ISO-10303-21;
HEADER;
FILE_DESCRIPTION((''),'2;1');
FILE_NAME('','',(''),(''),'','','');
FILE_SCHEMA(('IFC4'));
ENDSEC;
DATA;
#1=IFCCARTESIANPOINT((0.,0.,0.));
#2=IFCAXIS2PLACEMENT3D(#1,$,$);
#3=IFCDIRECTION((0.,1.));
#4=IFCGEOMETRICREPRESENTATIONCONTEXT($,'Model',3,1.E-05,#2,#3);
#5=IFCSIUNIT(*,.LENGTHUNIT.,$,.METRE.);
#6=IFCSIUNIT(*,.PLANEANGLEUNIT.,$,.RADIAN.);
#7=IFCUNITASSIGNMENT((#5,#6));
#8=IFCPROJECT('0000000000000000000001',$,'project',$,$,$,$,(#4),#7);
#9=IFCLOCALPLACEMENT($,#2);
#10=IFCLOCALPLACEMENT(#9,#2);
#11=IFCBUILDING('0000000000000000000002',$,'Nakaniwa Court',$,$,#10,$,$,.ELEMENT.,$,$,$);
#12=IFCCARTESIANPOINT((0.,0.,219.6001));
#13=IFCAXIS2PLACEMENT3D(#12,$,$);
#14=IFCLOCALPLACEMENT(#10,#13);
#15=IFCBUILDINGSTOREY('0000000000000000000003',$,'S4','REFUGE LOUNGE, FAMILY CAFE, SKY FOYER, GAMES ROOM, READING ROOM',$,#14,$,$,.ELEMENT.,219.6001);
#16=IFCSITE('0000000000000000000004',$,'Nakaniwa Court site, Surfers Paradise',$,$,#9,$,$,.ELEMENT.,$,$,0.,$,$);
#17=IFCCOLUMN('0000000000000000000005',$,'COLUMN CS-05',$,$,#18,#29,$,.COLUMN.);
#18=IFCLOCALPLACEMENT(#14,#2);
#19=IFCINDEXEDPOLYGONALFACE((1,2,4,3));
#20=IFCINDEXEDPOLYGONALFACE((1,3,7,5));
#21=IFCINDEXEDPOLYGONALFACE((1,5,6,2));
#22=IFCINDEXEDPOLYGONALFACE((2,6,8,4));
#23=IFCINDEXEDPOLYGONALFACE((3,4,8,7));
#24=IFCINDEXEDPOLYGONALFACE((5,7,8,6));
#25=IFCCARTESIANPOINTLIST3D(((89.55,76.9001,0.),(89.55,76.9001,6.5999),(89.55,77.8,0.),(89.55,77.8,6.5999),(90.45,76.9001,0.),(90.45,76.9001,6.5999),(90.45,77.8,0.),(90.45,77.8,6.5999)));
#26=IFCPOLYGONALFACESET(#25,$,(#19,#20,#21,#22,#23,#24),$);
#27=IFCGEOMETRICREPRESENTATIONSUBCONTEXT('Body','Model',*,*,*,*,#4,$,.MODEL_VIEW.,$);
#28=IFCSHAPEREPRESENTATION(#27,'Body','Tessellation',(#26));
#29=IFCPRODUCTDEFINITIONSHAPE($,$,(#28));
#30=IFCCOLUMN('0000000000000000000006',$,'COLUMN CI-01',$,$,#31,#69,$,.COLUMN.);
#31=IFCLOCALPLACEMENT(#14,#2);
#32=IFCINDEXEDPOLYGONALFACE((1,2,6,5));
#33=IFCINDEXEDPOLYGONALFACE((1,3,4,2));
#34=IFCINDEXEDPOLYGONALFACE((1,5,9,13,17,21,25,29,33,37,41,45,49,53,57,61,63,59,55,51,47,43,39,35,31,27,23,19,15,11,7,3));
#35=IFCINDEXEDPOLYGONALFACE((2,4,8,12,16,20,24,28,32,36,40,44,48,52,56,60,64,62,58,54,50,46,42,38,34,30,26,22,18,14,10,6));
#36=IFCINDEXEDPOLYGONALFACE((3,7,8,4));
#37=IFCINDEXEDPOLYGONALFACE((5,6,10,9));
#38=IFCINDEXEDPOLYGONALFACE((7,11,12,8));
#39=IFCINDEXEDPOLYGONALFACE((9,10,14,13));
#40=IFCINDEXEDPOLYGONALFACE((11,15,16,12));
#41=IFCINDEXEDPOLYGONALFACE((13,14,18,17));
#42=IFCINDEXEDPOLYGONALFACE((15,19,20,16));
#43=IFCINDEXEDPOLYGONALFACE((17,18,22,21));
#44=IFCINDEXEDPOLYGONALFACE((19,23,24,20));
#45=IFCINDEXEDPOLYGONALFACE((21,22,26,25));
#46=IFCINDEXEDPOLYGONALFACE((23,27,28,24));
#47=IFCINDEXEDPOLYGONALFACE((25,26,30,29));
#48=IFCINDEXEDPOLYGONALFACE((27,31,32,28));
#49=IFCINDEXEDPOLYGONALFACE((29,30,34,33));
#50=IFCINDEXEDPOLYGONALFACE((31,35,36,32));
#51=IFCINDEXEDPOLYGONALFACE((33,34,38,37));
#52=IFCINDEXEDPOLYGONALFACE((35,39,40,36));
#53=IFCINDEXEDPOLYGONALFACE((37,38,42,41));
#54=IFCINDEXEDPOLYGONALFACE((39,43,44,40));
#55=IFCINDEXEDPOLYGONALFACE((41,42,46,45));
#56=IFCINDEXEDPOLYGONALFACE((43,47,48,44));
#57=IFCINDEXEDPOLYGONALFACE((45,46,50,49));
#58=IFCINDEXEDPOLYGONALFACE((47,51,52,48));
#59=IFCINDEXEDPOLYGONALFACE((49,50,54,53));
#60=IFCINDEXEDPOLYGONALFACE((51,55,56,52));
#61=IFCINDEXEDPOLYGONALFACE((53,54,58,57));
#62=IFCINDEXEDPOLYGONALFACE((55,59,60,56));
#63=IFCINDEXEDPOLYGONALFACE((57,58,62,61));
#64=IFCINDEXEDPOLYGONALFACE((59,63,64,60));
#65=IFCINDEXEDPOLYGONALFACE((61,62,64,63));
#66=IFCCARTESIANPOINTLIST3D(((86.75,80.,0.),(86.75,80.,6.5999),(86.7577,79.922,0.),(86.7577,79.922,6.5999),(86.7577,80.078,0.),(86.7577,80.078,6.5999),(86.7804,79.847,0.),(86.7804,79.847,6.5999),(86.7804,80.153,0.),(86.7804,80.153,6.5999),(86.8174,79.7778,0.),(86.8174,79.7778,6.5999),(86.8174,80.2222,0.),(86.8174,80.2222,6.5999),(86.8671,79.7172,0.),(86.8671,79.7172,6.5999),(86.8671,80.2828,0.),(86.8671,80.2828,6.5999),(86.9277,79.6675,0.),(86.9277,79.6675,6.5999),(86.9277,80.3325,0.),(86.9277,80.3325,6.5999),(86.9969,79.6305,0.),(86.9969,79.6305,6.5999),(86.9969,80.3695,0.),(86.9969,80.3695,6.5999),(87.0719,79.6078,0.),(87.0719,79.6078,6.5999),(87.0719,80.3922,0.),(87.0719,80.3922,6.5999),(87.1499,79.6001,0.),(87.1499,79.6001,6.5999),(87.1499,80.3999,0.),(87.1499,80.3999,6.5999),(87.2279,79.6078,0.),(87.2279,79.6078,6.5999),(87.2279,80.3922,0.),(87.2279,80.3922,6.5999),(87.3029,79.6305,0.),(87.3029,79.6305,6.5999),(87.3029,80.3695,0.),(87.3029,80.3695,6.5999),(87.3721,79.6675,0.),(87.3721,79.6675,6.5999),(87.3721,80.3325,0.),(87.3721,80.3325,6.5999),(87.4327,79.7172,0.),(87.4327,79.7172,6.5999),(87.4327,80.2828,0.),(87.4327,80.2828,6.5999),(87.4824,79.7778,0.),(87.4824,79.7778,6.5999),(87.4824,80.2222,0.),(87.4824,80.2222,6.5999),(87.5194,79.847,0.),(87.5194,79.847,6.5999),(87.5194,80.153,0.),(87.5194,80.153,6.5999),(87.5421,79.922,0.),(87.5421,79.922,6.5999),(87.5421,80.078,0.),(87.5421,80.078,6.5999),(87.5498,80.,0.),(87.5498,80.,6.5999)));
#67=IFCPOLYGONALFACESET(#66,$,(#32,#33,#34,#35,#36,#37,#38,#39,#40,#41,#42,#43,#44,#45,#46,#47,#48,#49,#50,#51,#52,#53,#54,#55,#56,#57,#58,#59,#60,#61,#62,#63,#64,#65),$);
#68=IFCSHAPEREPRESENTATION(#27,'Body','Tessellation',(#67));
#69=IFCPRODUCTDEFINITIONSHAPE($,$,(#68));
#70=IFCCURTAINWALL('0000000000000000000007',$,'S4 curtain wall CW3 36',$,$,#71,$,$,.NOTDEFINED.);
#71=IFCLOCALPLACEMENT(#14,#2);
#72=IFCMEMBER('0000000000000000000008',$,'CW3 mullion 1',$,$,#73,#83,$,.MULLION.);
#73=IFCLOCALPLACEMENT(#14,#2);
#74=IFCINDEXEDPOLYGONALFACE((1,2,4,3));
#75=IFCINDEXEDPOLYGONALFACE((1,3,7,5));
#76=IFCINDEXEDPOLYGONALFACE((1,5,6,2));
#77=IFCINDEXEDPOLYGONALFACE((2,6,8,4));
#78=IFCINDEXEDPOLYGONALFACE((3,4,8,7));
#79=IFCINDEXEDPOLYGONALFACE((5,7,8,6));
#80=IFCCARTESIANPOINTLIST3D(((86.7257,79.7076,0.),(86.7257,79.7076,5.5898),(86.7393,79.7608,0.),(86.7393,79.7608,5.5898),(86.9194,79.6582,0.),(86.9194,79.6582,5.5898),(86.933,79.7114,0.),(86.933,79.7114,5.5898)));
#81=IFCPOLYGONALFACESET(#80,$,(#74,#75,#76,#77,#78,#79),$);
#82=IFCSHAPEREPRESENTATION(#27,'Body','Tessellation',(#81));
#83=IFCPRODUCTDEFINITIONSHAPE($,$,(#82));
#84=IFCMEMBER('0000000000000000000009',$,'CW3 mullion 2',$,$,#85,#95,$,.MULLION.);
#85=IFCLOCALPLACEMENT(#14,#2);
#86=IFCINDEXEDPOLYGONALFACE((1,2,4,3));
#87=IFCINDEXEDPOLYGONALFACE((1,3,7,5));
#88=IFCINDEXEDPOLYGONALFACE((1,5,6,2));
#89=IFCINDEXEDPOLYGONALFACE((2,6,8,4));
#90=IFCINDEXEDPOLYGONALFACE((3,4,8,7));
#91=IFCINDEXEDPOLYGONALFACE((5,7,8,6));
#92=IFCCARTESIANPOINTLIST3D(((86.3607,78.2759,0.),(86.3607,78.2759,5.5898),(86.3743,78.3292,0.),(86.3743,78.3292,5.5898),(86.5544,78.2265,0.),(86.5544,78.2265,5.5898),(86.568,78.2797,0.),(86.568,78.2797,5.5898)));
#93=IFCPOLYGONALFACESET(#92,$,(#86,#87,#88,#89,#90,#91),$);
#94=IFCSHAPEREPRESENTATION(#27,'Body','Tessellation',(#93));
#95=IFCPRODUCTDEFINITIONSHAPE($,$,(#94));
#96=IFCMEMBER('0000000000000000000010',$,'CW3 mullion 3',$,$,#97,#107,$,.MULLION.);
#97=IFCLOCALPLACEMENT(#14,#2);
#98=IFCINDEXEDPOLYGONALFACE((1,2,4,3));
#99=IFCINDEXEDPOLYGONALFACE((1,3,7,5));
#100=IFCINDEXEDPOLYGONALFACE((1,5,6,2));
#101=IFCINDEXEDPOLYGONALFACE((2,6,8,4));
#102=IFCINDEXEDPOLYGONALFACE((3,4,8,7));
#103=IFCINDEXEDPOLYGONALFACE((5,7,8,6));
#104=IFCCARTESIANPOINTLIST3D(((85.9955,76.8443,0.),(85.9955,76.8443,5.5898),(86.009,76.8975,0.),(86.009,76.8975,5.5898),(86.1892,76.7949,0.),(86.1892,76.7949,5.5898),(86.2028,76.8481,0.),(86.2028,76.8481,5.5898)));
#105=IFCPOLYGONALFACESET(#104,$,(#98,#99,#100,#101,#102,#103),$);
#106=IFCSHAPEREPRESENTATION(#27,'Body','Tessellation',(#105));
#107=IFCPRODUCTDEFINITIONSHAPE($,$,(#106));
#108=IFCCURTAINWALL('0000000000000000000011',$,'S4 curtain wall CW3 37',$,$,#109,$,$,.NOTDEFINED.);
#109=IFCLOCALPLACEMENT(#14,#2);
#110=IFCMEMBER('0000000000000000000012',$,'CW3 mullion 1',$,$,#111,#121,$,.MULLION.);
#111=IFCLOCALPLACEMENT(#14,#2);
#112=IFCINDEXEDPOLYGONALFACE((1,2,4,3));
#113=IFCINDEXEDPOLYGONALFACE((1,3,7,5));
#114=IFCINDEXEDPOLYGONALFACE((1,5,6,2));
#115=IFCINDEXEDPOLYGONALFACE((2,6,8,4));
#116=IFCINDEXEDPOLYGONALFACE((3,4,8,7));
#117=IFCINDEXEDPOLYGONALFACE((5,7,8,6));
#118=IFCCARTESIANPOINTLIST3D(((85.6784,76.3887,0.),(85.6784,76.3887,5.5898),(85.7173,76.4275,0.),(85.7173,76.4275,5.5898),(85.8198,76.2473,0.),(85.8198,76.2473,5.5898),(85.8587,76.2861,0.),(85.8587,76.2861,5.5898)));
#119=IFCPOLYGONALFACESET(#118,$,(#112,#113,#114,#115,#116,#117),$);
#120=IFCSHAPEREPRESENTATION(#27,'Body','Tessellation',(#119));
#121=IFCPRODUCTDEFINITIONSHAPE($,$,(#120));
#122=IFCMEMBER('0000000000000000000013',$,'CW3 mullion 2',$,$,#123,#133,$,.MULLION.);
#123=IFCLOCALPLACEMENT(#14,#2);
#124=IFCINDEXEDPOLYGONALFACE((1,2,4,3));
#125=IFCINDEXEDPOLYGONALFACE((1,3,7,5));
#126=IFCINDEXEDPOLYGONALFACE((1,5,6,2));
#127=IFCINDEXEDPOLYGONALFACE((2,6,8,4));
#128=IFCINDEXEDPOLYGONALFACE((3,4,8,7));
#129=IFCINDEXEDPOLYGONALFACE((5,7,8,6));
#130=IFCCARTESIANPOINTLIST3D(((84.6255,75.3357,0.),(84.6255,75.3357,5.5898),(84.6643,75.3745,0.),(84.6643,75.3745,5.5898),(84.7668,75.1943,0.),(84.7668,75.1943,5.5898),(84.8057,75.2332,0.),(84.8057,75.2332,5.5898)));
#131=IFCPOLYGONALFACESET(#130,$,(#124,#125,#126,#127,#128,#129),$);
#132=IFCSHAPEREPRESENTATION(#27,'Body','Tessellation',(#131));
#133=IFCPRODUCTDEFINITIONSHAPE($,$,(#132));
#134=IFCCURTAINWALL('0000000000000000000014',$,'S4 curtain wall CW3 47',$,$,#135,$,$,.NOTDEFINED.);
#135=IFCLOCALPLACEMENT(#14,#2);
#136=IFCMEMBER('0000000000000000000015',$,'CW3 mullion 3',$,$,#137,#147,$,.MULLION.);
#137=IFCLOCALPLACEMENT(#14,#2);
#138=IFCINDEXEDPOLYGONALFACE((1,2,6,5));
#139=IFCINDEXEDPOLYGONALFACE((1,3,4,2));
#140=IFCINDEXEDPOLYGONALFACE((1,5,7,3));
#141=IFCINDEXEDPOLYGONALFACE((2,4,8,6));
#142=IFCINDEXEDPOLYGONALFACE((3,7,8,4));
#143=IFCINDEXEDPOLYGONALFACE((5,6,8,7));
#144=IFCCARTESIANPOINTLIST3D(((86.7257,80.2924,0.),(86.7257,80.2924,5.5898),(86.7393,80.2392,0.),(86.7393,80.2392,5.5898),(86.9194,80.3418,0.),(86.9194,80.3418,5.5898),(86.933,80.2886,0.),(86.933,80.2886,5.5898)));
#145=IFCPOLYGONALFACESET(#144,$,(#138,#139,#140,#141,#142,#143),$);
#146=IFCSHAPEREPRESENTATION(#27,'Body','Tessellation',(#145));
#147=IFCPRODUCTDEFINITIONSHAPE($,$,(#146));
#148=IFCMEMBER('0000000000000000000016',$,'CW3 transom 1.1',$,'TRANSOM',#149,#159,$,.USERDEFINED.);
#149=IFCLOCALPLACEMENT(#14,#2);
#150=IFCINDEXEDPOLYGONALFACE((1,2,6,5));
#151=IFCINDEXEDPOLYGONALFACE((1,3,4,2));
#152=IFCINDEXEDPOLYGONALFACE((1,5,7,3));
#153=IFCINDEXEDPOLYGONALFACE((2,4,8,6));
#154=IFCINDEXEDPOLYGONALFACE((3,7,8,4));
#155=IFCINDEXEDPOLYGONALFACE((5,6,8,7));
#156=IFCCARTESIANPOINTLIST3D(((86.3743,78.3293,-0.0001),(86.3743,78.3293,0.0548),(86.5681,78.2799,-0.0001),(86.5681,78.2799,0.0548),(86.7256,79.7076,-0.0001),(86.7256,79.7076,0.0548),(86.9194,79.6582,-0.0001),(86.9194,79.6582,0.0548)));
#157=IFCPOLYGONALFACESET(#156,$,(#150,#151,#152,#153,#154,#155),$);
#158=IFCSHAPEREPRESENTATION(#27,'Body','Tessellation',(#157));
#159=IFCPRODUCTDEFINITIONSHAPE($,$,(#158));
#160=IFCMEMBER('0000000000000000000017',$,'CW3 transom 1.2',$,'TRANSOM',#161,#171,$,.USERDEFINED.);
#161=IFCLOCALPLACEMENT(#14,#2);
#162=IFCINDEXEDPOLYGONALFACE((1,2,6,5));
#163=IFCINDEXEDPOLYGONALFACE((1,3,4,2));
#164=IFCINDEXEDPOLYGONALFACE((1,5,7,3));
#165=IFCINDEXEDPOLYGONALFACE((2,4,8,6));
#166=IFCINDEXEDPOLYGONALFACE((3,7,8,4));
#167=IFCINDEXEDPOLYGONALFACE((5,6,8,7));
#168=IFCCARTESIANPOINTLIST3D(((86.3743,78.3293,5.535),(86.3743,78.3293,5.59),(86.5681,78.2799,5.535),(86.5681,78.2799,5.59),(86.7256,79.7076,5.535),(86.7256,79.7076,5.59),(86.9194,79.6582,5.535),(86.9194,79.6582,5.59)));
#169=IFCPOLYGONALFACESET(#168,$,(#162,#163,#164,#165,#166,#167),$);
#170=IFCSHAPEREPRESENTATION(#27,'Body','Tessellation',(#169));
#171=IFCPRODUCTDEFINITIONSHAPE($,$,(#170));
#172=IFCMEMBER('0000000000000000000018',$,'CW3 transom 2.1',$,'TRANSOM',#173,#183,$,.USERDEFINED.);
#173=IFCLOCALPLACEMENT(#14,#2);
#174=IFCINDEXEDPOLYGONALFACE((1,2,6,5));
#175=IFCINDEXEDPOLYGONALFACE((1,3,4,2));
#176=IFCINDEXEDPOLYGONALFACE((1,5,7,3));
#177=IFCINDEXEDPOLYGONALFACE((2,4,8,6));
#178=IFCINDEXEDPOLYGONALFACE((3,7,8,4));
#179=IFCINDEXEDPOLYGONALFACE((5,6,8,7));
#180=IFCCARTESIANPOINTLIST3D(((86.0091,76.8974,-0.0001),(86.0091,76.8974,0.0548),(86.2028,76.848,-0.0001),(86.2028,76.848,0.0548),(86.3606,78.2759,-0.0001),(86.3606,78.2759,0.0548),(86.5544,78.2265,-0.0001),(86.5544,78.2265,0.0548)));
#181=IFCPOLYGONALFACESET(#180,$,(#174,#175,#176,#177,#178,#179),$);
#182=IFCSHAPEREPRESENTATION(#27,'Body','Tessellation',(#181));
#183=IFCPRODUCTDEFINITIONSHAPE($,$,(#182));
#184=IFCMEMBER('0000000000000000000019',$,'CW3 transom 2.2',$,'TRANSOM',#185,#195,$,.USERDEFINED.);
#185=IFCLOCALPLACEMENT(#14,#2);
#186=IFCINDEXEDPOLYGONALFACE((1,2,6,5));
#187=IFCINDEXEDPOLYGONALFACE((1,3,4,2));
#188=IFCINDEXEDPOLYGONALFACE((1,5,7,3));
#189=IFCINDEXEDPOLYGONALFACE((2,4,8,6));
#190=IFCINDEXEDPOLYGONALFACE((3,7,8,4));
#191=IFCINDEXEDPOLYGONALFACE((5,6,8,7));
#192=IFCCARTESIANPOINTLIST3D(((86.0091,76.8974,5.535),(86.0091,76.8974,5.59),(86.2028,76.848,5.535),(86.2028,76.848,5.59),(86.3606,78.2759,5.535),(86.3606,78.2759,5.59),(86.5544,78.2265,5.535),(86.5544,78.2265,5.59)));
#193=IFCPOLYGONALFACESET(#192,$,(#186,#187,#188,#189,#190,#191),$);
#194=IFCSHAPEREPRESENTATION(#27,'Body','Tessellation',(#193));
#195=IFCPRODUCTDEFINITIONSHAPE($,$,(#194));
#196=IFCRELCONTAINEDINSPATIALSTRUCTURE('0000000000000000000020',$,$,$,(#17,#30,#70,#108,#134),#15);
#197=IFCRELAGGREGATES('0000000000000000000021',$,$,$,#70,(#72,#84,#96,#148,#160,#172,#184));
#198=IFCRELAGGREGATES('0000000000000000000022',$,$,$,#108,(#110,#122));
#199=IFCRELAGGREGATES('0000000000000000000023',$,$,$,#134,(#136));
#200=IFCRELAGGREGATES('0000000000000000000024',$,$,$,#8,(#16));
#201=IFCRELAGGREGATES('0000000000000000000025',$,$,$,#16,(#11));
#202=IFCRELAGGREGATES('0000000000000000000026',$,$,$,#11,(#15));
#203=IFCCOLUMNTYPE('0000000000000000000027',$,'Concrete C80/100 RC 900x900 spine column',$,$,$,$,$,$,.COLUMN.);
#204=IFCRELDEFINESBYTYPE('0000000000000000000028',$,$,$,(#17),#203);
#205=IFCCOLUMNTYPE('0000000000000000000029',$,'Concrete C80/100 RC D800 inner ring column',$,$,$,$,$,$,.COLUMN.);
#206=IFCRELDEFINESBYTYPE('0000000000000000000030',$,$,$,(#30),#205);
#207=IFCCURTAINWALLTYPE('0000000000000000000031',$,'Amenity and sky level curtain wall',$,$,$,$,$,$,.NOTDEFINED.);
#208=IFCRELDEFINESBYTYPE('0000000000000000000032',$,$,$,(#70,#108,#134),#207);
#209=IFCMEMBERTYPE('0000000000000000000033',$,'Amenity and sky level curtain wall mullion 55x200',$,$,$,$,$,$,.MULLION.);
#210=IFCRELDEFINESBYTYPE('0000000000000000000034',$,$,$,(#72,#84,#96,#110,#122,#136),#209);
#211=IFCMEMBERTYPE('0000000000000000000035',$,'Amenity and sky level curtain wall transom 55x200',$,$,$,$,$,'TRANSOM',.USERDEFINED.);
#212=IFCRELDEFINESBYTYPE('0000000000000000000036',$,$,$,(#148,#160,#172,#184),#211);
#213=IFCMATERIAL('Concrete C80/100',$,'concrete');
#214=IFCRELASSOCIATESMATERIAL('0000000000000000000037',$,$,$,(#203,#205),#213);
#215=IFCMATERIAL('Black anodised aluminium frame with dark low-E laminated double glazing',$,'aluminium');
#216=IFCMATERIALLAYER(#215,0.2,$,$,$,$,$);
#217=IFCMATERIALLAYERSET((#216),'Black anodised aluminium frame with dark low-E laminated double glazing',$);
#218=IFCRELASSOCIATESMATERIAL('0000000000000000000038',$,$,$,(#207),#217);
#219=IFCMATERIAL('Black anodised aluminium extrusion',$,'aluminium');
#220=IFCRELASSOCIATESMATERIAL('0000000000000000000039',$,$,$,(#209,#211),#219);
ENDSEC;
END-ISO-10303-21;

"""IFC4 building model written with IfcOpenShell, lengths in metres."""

from ifc_helpers import new_model, si_unit, direction, frame, origin, origin_2d, place, context, subcontext, project, spatial, rectangle, circle, extrude, material, layer, layer_set, material_profile, profile_set, type_object, element, aggregate, save


model = new_model("IFC4")

# Units and contexts
model_context = context("Model", 3, precision=1e-05, world=origin(), true_north=direction((0.0, 1.0)))
body_context = subcontext(model_context, "Body", "Model", "MODEL_VIEW")
ifc_project = project(units=[si_unit("LENGTHUNIT", "METRE"), si_unit("PLANEANGLEUNIT", "RADIAN")], contexts=[model_context])

# Site, building, storey
site_placement = place(None, origin())
site = spatial("IfcSite", under=ifc_project, at=site_placement, Name="Nakaniwa Court site, Surfers Paradise", CompositionType="ELEMENT", RefElevation=0.0)
building_placement = place(site_placement, origin())
building = spatial("IfcBuilding", under=site, at=building_placement, Name="Nakaniwa Court", CompositionType="ELEMENT")
storey_placement = place(building_placement, frame((0.0, 0.0, 219.6001)))
storey = spatial("IfcBuildingStorey", under=building, at=storey_placement, Name="S4", Description="REFUGE LOUNGE, FAMILY CAFE, SKY FOYER, GAMES ROOM, READING ROOM", CompositionType="ELEMENT", Elevation=219.6001)

# Columns
ifc_material_1 = material(Name="Concrete C80/100", Category="concrete")
ifc_material_profile_1 = material_profile(ifc_material_1, rectangle(XDim=0.8999, YDim=0.8999, at=origin_2d()), Name="Concrete C80/100 RC 900x900 spine column")
ifc_profile_set_1 = profile_set([ifc_material_profile_1], Name="Concrete C80/100")
column_type_1 = type_object("IfcColumnType", Name="Concrete C80/100 RC 900x900 spine column", PredefinedType="COLUMN", material=ifc_profile_set_1)
column_placement = place(storey_placement, frame((90.0, 77.3501, 0.0), z_axis=(0.0, 0.0, 1.0), x_axis=(0.0, 1.0, 0.0)))
element("IfcColumn", 1, at=column_placement, inside=storey, type_object=column_type_1, Name="COLUMN CS-05", PredefinedType="COLUMN", context=body_context, shape_type="SweptSolid", body=[
    extrude(rectangle(XDim=0.8999, YDim=0.8999, at=origin_2d()), origin(), (0.0, 0.0, 1.0), 6.5999),
])
ifc_material_profile_2 = material_profile(ifc_material_1, circle(Radius=0.3999, at=origin_2d()), Name="Concrete C80/100 RC D800 inner ring column")
ifc_profile_set_2 = profile_set([ifc_material_profile_2], Name="Concrete C80/100")
column_type_2 = type_object("IfcColumnType", Name="Concrete C80/100 RC D800 inner ring column", PredefinedType="COLUMN", material=ifc_profile_set_2)
for number, where, z_axis, x_axis, name in (
    (2, (87.1499, 80.0, 0.0), (0.0, 0.0, 1.0), (0.0, 1.0, 0.0), "COLUMN CI-01"),
):
    element("IfcColumn", number, at=place(storey_placement, frame(where, z_axis=z_axis, x_axis=x_axis)), inside=storey, type_object=column_type_2, Name=name, PredefinedType="COLUMN", context=body_context, shape_type="SweptSolid", body=[
        extrude(circle(Radius=0.3999, at=origin_2d()), origin(), (0.0, 0.0, 1.0), 6.5999),
    ])

# Curtain walls, members
ifc_material_2 = material(Name="Black anodised aluminium frame with dark low-E laminated double glazing", Category="aluminium")
ifc_layer_1 = layer(ifc_material_2, 0.2)
ifc_layer_set_1 = layer_set([ifc_layer_1], Name="Black anodised aluminium frame with dark low-E laminated double glazing")
curtain_wall_type = type_object("IfcCurtainWallType", Name="Amenity and sky level curtain wall", PredefinedType="NOTDEFINED", material=ifc_layer_set_1)
curtain_wall_1_placement = place(storey_placement, origin())
curtain_wall_1 = element("IfcCurtainWall", 3, at=curtain_wall_1_placement, inside=storey, type_object=curtain_wall_type, Name="S4 curtain wall CW3 36", PredefinedType="NOTDEFINED")
ifc_material_3 = material(Name="Black anodised aluminium extrusion", Category="aluminium")
ifc_material_profile_3 = material_profile(ifc_material_3, rectangle(XDim=0.2, YDim=0.0549, at=origin_2d()), Name="Amenity and sky level curtain wall mullion 55x200")
ifc_profile_set_3 = profile_set([ifc_material_profile_3], Name="Black anodised aluminium extrusion")
member_type_1 = type_object("IfcMemberType", Name="Amenity and sky level curtain wall mullion 55x200", PredefinedType="MULLION", material=ifc_profile_set_3)
member_1_placement = place(storey_placement, frame((86.8293, 79.7095, 0.0), z_axis=(0.0, 0.0, 1.0), x_axis=(0.968986, -0.247114, 0.0)))
member_1 = element("IfcMember", 4, at=member_1_placement, type_object=member_type_1, Name="CW3 mullion 1", PredefinedType="MULLION", context=body_context, shape_type="SweptSolid", body=[
    extrude(rectangle(XDim=0.2, YDim=0.0549, at=origin_2d()), origin(), (0.0, 0.0, 1.0), 5.5898),
])
member_2_placement = place(storey_placement, frame((86.4644, 78.2778, 0.0), z_axis=(0.0, 0.0, 1.0), x_axis=(0.968986, -0.247114, 0.0)))
member_2 = element("IfcMember", 5, at=member_2_placement, type_object=member_type_1, Name="CW3 mullion 2", PredefinedType="MULLION", context=body_context, shape_type="SweptSolid", body=[
    extrude(rectangle(XDim=0.2, YDim=0.0549, at=origin_2d()), origin(), (0.0, 0.0, 1.0), 5.5898),
])
member_3_placement = place(storey_placement, frame((86.0991, 76.8462, 0.0), z_axis=(0.0, 0.0, 1.0), x_axis=(0.968986, -0.247114, 0.0)))
member_3 = element("IfcMember", 6, at=member_3_placement, type_object=member_type_1, Name="CW3 mullion 3", PredefinedType="MULLION", context=body_context, shape_type="SweptSolid", body=[
    extrude(rectangle(XDim=0.2, YDim=0.0549, at=origin_2d()), origin(), (0.0, 0.0, 1.0), 5.5898),
])
curtain_wall_2_placement = place(storey_placement, origin())
curtain_wall_2 = element("IfcCurtainWall", 7, at=curtain_wall_2_placement, inside=storey, type_object=curtain_wall_type, Name="S4 curtain wall CW3 37", PredefinedType="NOTDEFINED")
member_4_placement = place(storey_placement, frame((85.7686, 76.3374, 0.0), z_axis=(0.0, 0.0, 1.0), x_axis=(0.707107, -0.707107, 0.0)))
member_4 = element("IfcMember", 8, at=member_4_placement, type_object=member_type_1, Name="CW3 mullion 1", PredefinedType="MULLION", context=body_context, shape_type="SweptSolid", body=[
    extrude(rectangle(XDim=0.2, YDim=0.0549, at=origin_2d()), origin(), (0.0, 0.0, 1.0), 5.5898),
])
member_5_placement = place(storey_placement, frame((84.7156, 75.2844, 0.0), z_axis=(0.0, 0.0, 1.0), x_axis=(0.707107, -0.707107, 0.0)))
member_5 = element("IfcMember", 9, at=member_5_placement, type_object=member_type_1, Name="CW3 mullion 2", PredefinedType="MULLION", context=body_context, shape_type="SweptSolid", body=[
    extrude(rectangle(XDim=0.2, YDim=0.0549, at=origin_2d()), origin(), (0.0, 0.0, 1.0), 5.5898),
])

# Curtain wall, member
curtain_wall_3_placement = place(storey_placement, origin())
curtain_wall_3 = element("IfcCurtainWall", 10, at=curtain_wall_3_placement, inside=storey, type_object=curtain_wall_type, Name="S4 curtain wall CW3 47", PredefinedType="NOTDEFINED")
member_6_placement = place(storey_placement, frame((86.8293, 80.2905, 0.0), z_axis=(0.0, 0.0, 1.0), x_axis=(0.968986, 0.247114, 0.0)))
member_6 = element("IfcMember", 11, at=member_6_placement, type_object=member_type_1, Name="CW3 mullion 3", PredefinedType="MULLION", context=body_context, shape_type="SweptSolid", body=[
    extrude(rectangle(XDim=0.2, YDim=0.0549, at=origin_2d()), origin(), (0.0, 0.0, 1.0), 5.5898),
])

# Members
ifc_material_profile_4 = material_profile(ifc_material_3, rectangle(XDim=0.2, YDim=0.0549, at=origin_2d()), Name="Amenity and sky level curtain wall transom 55x200")
ifc_profile_set_4 = profile_set([ifc_material_profile_4], Name="Black anodised aluminium extrusion")
member_type_2 = type_object("IfcMemberType", Name="Amenity and sky level curtain wall transom 55x200", ElementType="TRANSOM", PredefinedType="USERDEFINED", material=ifc_profile_set_4)
member_7_placement = place(storey_placement, frame((86.8225, 79.6829, 0.0273), z_axis=(-0.246975, -0.969022, 0.0), x_axis=(0.969022, -0.246975, 0.0)))
member_7 = element("IfcMember", 12, at=member_7_placement, type_object=member_type_2, Name="CW3 transom 1.1", ObjectType="TRANSOM", PredefinedType="USERDEFINED", context=body_context, shape_type="SweptSolid", body=[
    extrude(rectangle(XDim=0.2, YDim=0.0549, at=origin_2d()), origin(), (0.0, 0.0, 1.0), 1.4224),
])
member_8_placement = place(storey_placement, frame((86.8225, 79.6829, 5.5625), z_axis=(-0.246975, -0.969022, 0.0), x_axis=(0.969022, -0.246975, 0.0)))
member_8 = element("IfcMember", 13, at=member_8_placement, type_object=member_type_2, Name="CW3 transom 1.2", ObjectType="TRANSOM", PredefinedType="USERDEFINED", context=body_context, shape_type="SweptSolid", body=[
    extrude(rectangle(XDim=0.2, YDim=0.0549, at=origin_2d()), origin(), (0.0, 0.0, 1.0), 1.4224),
])
member_9_placement = place(storey_placement, frame((86.4575, 78.2512, 0.0273), z_axis=(-0.247136, -0.968981, 0.0), x_axis=(0.968981, -0.247136, 0.0)))
member_9 = element("IfcMember", 14, at=member_9_placement, type_object=member_type_2, Name="CW3 transom 2.1", ObjectType="TRANSOM", PredefinedType="USERDEFINED", context=body_context, shape_type="SweptSolid", body=[
    extrude(rectangle(XDim=0.2, YDim=0.0549, at=origin_2d()), origin(), (0.0, 0.0, 1.0), 1.4226),
])
member_10_placement = place(storey_placement, frame((86.4575, 78.2512, 5.5625), z_axis=(-0.247136, -0.968981, 0.0), x_axis=(0.968981, -0.247136, 0.0)))
member_10 = element("IfcMember", 15, at=member_10_placement, type_object=member_type_2, Name="CW3 transom 2.2", ObjectType="TRANSOM", PredefinedType="USERDEFINED", context=body_context, shape_type="SweptSolid", body=[
    extrude(rectangle(XDim=0.2, YDim=0.0549, at=origin_2d()), origin(), (0.0, 0.0, 1.0), 1.4226),
])

aggregate(curtain_wall_1, [member_1, member_2, member_3, member_7, member_8, member_9, member_10])
aggregate(curtain_wall_2, [member_4, member_5])
aggregate(curtain_wall_3, [member_6])

save(model, "model.ifc")
